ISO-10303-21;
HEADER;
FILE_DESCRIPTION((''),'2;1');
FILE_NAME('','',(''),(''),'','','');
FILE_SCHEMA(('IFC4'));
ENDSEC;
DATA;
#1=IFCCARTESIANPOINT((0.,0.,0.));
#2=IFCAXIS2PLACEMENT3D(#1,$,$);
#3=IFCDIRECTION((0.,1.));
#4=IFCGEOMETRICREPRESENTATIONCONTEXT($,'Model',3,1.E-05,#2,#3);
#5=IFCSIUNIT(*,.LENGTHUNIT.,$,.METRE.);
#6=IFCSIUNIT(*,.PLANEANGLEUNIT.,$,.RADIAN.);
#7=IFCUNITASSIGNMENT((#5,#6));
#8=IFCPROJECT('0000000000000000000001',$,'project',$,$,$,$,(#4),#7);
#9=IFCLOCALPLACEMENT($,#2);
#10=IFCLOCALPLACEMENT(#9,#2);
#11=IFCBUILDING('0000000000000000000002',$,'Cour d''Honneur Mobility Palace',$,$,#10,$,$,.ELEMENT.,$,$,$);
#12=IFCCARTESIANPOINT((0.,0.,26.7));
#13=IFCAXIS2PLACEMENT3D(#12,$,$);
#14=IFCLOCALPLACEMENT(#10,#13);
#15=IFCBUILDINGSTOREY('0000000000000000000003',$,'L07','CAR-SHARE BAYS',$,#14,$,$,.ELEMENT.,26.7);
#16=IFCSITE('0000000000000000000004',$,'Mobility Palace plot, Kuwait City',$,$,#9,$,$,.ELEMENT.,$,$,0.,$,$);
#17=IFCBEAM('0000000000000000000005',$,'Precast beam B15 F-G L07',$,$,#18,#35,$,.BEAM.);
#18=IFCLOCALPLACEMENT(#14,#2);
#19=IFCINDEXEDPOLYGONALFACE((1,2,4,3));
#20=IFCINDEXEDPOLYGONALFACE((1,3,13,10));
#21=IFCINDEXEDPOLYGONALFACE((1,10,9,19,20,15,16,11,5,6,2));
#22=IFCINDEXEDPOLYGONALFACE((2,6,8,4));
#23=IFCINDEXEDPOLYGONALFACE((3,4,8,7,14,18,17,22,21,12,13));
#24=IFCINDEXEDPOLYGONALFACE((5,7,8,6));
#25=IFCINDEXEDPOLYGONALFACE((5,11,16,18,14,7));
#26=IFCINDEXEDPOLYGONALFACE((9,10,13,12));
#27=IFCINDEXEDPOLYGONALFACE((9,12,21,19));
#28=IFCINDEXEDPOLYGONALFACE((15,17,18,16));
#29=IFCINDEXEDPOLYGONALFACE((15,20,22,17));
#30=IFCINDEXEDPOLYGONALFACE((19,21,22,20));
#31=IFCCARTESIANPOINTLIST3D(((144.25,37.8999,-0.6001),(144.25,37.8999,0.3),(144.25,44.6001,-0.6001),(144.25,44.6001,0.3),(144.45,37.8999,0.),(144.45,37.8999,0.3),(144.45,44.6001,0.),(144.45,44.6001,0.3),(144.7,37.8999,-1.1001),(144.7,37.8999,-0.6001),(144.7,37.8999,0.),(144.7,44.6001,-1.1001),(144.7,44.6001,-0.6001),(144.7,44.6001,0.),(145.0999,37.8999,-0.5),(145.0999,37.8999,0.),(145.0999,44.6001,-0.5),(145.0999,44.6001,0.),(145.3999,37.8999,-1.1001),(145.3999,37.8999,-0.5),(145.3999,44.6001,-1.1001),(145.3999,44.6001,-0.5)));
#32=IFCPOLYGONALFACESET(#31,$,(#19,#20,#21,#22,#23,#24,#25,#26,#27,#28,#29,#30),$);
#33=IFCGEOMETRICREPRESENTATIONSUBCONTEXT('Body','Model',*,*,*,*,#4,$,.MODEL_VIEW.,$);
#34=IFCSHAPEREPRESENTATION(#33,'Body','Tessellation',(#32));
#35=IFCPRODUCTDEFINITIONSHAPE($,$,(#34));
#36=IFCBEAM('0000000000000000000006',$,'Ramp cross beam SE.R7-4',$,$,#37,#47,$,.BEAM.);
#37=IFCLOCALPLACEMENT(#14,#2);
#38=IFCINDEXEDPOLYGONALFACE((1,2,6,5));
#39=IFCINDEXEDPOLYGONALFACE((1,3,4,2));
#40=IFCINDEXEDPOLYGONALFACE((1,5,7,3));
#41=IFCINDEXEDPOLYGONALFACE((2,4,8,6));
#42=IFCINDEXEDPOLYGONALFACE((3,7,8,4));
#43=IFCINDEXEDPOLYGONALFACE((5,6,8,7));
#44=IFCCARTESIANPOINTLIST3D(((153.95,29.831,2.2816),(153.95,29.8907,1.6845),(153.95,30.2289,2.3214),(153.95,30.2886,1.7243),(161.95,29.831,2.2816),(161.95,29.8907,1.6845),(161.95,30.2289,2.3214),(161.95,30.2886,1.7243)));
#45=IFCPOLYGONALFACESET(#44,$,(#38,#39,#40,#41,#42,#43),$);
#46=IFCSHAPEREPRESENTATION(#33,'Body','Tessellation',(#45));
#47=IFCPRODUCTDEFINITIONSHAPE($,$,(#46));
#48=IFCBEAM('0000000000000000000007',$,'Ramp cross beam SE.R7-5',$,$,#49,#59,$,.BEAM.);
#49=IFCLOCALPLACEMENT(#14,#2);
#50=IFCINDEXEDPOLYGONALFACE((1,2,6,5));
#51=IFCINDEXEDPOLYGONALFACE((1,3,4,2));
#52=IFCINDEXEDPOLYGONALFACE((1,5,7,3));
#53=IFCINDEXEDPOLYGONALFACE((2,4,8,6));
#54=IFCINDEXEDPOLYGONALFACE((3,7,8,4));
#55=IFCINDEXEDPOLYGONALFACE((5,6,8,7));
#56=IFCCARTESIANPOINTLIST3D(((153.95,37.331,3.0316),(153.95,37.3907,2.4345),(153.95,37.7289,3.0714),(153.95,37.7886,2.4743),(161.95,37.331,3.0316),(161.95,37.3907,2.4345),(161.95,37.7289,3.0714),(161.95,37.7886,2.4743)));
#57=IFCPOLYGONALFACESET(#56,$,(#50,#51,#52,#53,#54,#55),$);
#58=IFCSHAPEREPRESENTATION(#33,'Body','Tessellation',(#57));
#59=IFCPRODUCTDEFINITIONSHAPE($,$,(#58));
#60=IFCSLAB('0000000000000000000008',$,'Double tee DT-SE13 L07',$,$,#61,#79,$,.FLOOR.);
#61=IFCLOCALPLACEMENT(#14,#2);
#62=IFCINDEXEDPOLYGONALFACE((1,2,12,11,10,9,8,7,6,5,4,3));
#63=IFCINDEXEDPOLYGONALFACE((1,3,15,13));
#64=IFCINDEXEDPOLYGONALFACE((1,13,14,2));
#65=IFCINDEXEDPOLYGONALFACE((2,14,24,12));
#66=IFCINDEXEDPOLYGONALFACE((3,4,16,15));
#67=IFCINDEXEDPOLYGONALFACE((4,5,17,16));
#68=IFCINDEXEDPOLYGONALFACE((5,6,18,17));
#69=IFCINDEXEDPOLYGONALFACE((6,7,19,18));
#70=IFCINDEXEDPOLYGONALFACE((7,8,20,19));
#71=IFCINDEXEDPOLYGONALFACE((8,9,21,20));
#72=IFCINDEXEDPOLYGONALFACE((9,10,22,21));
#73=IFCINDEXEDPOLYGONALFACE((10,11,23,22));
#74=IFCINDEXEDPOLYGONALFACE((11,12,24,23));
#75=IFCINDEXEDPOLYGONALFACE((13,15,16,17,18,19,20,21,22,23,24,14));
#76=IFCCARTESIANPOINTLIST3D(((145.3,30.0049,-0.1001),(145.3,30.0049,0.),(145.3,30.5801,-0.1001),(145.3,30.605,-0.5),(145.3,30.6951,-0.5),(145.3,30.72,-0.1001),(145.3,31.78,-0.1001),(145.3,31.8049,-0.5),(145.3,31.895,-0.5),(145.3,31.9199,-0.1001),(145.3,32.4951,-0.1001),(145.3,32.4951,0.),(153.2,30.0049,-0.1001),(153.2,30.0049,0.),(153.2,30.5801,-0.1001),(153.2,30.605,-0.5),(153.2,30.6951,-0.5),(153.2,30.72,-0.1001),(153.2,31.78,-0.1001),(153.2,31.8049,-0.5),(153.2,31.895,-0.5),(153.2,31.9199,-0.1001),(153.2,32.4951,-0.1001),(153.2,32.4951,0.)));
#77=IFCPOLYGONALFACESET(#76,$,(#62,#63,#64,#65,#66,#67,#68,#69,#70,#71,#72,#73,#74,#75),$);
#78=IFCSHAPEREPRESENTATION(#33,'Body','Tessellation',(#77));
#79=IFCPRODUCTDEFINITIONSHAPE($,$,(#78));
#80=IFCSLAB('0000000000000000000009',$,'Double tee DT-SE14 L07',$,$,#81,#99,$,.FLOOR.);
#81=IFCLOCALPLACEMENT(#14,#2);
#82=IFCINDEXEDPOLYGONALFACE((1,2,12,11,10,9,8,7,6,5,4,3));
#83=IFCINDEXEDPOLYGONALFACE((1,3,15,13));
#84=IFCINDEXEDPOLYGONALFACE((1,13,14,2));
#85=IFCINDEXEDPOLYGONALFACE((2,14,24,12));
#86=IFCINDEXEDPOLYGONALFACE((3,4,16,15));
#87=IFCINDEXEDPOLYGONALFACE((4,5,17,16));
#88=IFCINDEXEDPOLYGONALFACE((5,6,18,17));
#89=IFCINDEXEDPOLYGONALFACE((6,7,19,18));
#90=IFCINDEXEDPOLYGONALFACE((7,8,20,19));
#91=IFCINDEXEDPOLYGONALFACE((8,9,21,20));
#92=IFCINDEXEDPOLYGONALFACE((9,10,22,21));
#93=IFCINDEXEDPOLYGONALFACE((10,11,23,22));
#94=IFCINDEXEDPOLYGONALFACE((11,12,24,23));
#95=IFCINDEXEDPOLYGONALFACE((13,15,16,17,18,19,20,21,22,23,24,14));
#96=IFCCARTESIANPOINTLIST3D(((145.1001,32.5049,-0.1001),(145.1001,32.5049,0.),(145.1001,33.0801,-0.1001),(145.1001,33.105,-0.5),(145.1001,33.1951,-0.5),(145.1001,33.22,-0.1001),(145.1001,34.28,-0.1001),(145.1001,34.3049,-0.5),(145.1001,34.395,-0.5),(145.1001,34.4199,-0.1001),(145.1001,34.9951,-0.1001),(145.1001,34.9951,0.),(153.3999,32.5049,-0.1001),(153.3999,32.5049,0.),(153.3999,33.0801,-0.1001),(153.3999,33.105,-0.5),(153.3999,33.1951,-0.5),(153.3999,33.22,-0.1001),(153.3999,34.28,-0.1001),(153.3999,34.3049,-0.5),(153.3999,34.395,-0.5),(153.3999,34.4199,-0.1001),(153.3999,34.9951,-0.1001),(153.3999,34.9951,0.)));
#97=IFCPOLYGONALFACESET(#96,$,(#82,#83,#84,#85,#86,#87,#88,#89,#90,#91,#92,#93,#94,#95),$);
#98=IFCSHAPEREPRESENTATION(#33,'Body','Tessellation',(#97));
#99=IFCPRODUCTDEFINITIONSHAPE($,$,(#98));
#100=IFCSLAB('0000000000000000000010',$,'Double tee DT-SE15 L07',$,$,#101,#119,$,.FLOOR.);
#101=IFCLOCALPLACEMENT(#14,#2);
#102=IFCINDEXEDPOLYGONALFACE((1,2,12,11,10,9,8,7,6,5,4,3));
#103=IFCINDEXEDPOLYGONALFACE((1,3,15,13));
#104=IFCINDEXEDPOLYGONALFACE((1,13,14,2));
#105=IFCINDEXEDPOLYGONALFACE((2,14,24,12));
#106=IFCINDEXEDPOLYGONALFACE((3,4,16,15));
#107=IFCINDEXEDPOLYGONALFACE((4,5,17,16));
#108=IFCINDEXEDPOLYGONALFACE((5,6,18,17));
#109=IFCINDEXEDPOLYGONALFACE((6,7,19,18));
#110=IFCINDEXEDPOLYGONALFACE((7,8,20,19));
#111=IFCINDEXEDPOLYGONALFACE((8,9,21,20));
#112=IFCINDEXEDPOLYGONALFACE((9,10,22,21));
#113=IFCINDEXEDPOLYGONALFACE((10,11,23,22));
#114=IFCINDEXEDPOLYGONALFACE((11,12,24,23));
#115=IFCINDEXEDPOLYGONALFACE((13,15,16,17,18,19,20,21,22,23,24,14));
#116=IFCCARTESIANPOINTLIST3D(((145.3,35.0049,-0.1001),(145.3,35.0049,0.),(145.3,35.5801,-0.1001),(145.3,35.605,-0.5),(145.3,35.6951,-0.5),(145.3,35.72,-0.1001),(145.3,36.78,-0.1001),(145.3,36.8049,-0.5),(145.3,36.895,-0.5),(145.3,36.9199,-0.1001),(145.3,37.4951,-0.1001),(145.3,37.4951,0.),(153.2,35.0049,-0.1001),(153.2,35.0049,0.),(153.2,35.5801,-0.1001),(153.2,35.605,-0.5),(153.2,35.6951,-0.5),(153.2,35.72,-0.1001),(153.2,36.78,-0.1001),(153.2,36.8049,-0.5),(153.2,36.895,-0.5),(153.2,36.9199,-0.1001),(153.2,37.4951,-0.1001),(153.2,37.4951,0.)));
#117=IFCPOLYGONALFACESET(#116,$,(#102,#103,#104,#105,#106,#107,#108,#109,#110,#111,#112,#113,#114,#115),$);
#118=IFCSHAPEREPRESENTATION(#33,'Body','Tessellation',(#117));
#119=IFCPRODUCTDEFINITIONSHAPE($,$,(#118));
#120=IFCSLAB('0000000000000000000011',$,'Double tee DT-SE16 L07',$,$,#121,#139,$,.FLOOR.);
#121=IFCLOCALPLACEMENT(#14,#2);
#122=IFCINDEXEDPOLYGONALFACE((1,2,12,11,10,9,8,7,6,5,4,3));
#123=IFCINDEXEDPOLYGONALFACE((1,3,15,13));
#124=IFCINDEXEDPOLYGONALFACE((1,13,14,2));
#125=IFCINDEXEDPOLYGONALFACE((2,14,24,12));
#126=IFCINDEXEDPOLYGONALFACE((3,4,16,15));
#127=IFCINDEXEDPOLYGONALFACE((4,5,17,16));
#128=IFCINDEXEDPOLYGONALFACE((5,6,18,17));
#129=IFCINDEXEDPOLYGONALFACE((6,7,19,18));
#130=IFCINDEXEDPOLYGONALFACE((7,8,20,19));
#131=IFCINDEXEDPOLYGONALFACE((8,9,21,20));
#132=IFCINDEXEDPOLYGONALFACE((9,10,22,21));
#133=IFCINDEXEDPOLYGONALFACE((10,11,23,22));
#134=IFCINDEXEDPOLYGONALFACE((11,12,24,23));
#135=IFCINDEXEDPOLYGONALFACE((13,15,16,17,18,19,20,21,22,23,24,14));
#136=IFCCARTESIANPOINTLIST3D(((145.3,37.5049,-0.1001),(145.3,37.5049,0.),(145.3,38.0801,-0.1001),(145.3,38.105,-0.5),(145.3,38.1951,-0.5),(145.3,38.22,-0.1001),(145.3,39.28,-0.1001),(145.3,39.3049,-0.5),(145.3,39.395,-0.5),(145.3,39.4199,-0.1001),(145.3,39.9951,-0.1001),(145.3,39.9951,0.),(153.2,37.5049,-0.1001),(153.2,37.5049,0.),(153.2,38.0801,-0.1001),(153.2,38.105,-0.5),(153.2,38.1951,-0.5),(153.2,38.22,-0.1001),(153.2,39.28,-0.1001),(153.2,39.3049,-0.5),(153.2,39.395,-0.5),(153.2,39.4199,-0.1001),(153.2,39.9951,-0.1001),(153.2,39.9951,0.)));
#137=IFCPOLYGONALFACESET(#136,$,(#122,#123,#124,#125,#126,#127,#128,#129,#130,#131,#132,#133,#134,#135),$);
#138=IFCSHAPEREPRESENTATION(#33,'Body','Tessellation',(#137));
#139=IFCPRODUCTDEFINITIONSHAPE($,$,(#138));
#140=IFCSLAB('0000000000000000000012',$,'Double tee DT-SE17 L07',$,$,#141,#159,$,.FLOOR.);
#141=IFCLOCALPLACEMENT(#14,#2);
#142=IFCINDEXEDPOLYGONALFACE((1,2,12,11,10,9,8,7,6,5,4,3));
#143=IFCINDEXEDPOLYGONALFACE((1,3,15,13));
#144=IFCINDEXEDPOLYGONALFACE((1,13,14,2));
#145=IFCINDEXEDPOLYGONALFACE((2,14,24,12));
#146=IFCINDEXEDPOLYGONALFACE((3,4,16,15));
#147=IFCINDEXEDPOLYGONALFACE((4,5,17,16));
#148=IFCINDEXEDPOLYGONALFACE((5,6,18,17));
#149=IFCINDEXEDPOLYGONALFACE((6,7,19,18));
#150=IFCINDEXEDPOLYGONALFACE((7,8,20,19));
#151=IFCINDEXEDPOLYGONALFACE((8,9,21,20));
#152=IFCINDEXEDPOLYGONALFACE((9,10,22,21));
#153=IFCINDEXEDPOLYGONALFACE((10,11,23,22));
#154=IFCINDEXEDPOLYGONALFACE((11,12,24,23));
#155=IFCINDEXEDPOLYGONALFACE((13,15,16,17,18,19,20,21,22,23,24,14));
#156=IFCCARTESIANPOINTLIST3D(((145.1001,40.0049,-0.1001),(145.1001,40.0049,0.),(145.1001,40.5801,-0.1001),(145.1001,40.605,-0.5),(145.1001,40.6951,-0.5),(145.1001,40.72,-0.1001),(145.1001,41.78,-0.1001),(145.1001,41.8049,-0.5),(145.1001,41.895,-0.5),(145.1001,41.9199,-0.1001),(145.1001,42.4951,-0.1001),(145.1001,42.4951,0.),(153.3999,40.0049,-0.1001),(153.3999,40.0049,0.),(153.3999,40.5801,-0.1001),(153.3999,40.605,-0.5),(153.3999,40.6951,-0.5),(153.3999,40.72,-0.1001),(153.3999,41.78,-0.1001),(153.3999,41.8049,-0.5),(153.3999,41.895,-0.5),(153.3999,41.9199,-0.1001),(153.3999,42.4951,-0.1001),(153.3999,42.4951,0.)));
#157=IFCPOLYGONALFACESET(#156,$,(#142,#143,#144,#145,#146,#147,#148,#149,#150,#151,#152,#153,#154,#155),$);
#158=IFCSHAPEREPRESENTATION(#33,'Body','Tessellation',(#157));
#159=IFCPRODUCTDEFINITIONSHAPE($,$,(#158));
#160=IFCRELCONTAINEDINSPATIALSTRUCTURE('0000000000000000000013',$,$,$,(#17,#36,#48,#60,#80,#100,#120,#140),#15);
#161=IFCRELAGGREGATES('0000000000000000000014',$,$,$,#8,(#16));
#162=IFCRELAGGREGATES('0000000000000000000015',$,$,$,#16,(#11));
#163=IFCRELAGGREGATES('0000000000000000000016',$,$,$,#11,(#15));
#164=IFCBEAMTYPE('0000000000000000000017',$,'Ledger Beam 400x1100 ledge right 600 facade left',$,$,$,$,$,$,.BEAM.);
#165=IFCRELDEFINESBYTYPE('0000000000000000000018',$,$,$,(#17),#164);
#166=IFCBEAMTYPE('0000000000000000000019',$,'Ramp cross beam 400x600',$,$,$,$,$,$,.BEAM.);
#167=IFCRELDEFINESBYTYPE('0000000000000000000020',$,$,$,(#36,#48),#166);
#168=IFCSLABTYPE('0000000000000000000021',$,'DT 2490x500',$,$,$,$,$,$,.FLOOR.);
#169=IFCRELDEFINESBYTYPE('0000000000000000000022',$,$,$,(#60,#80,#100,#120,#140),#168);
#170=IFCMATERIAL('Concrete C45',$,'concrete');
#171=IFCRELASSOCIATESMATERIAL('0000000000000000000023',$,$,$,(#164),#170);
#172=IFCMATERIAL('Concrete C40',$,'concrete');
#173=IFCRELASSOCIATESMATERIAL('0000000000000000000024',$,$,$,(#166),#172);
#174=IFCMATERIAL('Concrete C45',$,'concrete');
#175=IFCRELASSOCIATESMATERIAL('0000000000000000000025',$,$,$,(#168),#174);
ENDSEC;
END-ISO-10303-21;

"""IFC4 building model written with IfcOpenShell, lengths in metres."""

from ifc_helpers import new_model, si_unit, direction, frame, origin, origin_2d, place, context, subcontext, project, spatial, polyline, rectangle, outline, extrude, material, material_profile, profile_set, type_object, element, save


model = new_model("IFC4")

# Units and contexts
model_context = context("Model", 3, precision=1e-05, world=origin(), true_north=direction((0.0, 1.0)))
body_context = subcontext(model_context, "Body", "Model", "MODEL_VIEW")
ifc_project = project(units=[si_unit("LENGTHUNIT", "METRE"), si_unit("PLANEANGLEUNIT", "RADIAN")], contexts=[model_context])

# Site, building, storey
site_placement = place(None, origin())
site = spatial("IfcSite", under=ifc_project, at=site_placement, Name="Mobility Palace plot, Kuwait City", CompositionType="ELEMENT", RefElevation=0.0)
building_placement = place(site_placement, origin())
building = spatial("IfcBuilding", under=site, at=building_placement, Name="Cour d'Honneur Mobility Palace", CompositionType="ELEMENT")
storey_placement = place(building_placement, frame((0.0, 0.0, 26.7)))
storey = spatial("IfcBuildingStorey", under=building, at=storey_placement, Name="L07", Description="CAR-SHARE BAYS", CompositionType="ELEMENT", Elevation=26.7)

# Beams
ifc_material_1 = material(Name="Concrete C45", Category="concrete")
ifc_material_profile_1 = material_profile(ifc_material_1, outline(polyline([(0.2, -1.1001), (0.2, -0.6001), (0.6499, -0.6001), (0.6499, 0.3), (0.45, 0.3), (0.45, 0.0), (0.2, 0.0), (-0.2, 0.0), (-0.2, -0.5), (-0.5, -0.5), (-0.5, -1.1001), (0.2, -1.1001)])), Name="Ledger Beam 400x1100 ledge right 600 facade left")
ifc_profile_set_1 = profile_set([ifc_material_profile_1], Name="Concrete C45")
beam_type_1 = type_object("IfcBeamType", Name="Ledger Beam 400x1100 ledge right 600 facade left", PredefinedType="BEAM", material=ifc_profile_set_1)
for number, where, z_axis, x_axis, name in (
    (1, (144.8999, 37.8999, 0.0), (0.0, 1.0, 0.0), (-1.0, 0.0, 0.0), "Precast beam B15 F-G L07"),
):
    element("IfcBeam", number, at=place(storey_placement, frame(where, z_axis=z_axis, x_axis=x_axis)), inside=storey, type_object=beam_type_1, Name=name, PredefinedType="BEAM", context=body_context, shape_type="SweptSolid", body=[
        extrude(outline(polyline([(0.2, -1.1001), (0.2, -0.6001), (0.6499, -0.6001), (0.6499, 0.3), (0.45, 0.3), (0.45, 0.0), (0.2, 0.0), (-0.2, 0.0), (-0.2, -0.5), (-0.5, -0.5), (-0.5, -1.1001), (0.2, -1.1001)])), origin(), (0.0, 0.0, 1.0), 6.7002),
    ])
ifc_material_2 = material(Name="Concrete C40", Category="concrete")
ifc_material_profile_2 = material_profile(ifc_material_2, rectangle(XDim=0.3999, YDim=0.6001, at=origin_2d()), Name="Ramp cross beam 400x600")
ifc_profile_set_2 = profile_set([ifc_material_profile_2], Name="Concrete C40")
beam_type_2 = type_object("IfcBeamType", Name="Ramp cross beam 400x600", PredefinedType="BEAM", material=ifc_profile_set_2)
for number, where, z_axis, x_axis, name in (
    (2, (161.95, 30.0598, 2.0029), (-1.0, 0.0, 0.0), (0.0, -0.995037, -0.099504), "Ramp cross beam SE.R7-4"),
    (3, (161.95, 37.5598, 2.7529), (-1.0, 0.0, 0.0), (0.0, -0.995037, -0.099504), "Ramp cross beam SE.R7-5"),
):
    element("IfcBeam", number, at=place(storey_placement, frame(where, z_axis=z_axis, x_axis=x_axis)), inside=storey, type_object=beam_type_2, Name=name, PredefinedType="BEAM", context=body_context, shape_type="SweptSolid", body=[
        extrude(rectangle(XDim=0.3999, YDim=0.6001, at=origin_2d()), origin(), (0.0, 0.0, 1.0), 8.0),
    ])

# Slabs
ifc_material_3 = material(Name="Concrete C45", Category="concrete")
ifc_material_profile_3 = material_profile(ifc_material_3, outline(polyline([(-1.2451, 0.0), (1.2451, 0.0), (1.2451, -0.1001), (0.6699, -0.1001), (0.645, -0.5), (0.5549, -0.5), (0.53, -0.1001), (-0.53, -0.1001), (-0.5549, -0.5), (-0.645, -0.5), (-0.6699, -0.1001), (-1.2451, -0.1001), (-1.2451, 0.0)])), Name="DT 2490x500")
ifc_profile_set_3 = profile_set([ifc_material_profile_3], Name="Concrete C45")
slab_type = type_object("IfcSlabType", Name="DT 2490x500", PredefinedType="FLOOR", material=ifc_profile_set_3)
slab_1_placement = place(storey_placement, frame((145.3, 31.25, 0.0), z_axis=(1.0, 0.0, 0.0), x_axis=(0.0, 1.0, 0.0)))
element("IfcSlab", 4, at=slab_1_placement, inside=storey, type_object=slab_type, Name="Double tee DT-SE13 L07", PredefinedType="FLOOR", context=body_context, shape_type="SweptSolid", body=[
    extrude(outline(polyline([(-1.2451, 0.0), (1.2451, 0.0), (1.2451, -0.1001), (0.6699, -0.1001), (0.645, -0.5), (0.5549, -0.5), (0.53, -0.1001), (-0.53, -0.1001), (-0.5549, -0.5), (-0.645, -0.5), (-0.6699, -0.1001), (-1.2451, -0.1001), (-1.2451, 0.0)])), origin(), (0.0, 0.0, 1.0), 7.8999),
])
slab_2_placement = place(storey_placement, frame((145.1001, 33.75, 0.0), z_axis=(1.0, 0.0, 0.0), x_axis=(0.0, 1.0, 0.0)))
element("IfcSlab", 5, at=slab_2_placement, inside=storey, type_object=slab_type, Name="Double tee DT-SE14 L07", PredefinedType="FLOOR", context=body_context, shape_type="SweptSolid", body=[
    extrude(outline(polyline([(-1.2451, 0.0), (1.2451, 0.0), (1.2451, -0.1001), (0.6699, -0.1001), (0.645, -0.5), (0.5549, -0.5), (0.53, -0.1001), (-0.53, -0.1001), (-0.5549, -0.5), (-0.645, -0.5), (-0.6699, -0.1001), (-1.2451, -0.1001), (-1.2451, 0.0)])), origin(), (0.0, 0.0, 1.0), 8.2998),
])
for number, where, z_axis, x_axis, name in (
    (6, (145.3, 36.25, 0.0), (1.0, 0.0, 0.0), (0.0, 1.0, 0.0), "Double tee DT-SE15 L07"),
    (7, (145.3, 38.75, 0.0), (1.0, 0.0, 0.0), (0.0, 1.0, 0.0), "Double tee DT-SE16 L07"),
):
    element("IfcSlab", number, at=place(storey_placement, frame(where, z_axis=z_axis, x_axis=x_axis)), inside=storey, type_object=slab_type, Name=name, PredefinedType="FLOOR", context=body_context, shape_type="SweptSolid", body=[
        extrude(outline(polyline([(-1.2451, 0.0), (1.2451, 0.0), (1.2451, -0.1001), (0.6699, -0.1001), (0.645, -0.5), (0.5549, -0.5), (0.53, -0.1001), (-0.53, -0.1001), (-0.5549, -0.5), (-0.645, -0.5), (-0.6699, -0.1001), (-1.2451, -0.1001), (-1.2451, 0.0)])), origin(), (0.0, 0.0, 1.0), 7.8999),
    ])
slab_3_placement = place(storey_placement, frame((145.1001, 41.25, 0.0), z_axis=(1.0, 0.0, 0.0), x_axis=(0.0, 1.0, 0.0)))
element("IfcSlab", 8, at=slab_3_placement, inside=storey, type_object=slab_type, Name="Double tee DT-SE17 L07", PredefinedType="FLOOR", context=body_context, shape_type="SweptSolid", body=[
    extrude(outline(polyline([(-1.2451, 0.0), (1.2451, 0.0), (1.2451, -0.1001), (0.6699, -0.1001), (0.645, -0.5), (0.5549, -0.5), (0.53, -0.1001), (-0.53, -0.1001), (-0.5549, -0.5), (-0.645, -0.5), (-0.6699, -0.1001), (-1.2451, -0.1001), (-1.2451, 0.0)])), origin(), (0.0, 0.0, 1.0), 8.2998),
])

save(model, "model.ifc")
